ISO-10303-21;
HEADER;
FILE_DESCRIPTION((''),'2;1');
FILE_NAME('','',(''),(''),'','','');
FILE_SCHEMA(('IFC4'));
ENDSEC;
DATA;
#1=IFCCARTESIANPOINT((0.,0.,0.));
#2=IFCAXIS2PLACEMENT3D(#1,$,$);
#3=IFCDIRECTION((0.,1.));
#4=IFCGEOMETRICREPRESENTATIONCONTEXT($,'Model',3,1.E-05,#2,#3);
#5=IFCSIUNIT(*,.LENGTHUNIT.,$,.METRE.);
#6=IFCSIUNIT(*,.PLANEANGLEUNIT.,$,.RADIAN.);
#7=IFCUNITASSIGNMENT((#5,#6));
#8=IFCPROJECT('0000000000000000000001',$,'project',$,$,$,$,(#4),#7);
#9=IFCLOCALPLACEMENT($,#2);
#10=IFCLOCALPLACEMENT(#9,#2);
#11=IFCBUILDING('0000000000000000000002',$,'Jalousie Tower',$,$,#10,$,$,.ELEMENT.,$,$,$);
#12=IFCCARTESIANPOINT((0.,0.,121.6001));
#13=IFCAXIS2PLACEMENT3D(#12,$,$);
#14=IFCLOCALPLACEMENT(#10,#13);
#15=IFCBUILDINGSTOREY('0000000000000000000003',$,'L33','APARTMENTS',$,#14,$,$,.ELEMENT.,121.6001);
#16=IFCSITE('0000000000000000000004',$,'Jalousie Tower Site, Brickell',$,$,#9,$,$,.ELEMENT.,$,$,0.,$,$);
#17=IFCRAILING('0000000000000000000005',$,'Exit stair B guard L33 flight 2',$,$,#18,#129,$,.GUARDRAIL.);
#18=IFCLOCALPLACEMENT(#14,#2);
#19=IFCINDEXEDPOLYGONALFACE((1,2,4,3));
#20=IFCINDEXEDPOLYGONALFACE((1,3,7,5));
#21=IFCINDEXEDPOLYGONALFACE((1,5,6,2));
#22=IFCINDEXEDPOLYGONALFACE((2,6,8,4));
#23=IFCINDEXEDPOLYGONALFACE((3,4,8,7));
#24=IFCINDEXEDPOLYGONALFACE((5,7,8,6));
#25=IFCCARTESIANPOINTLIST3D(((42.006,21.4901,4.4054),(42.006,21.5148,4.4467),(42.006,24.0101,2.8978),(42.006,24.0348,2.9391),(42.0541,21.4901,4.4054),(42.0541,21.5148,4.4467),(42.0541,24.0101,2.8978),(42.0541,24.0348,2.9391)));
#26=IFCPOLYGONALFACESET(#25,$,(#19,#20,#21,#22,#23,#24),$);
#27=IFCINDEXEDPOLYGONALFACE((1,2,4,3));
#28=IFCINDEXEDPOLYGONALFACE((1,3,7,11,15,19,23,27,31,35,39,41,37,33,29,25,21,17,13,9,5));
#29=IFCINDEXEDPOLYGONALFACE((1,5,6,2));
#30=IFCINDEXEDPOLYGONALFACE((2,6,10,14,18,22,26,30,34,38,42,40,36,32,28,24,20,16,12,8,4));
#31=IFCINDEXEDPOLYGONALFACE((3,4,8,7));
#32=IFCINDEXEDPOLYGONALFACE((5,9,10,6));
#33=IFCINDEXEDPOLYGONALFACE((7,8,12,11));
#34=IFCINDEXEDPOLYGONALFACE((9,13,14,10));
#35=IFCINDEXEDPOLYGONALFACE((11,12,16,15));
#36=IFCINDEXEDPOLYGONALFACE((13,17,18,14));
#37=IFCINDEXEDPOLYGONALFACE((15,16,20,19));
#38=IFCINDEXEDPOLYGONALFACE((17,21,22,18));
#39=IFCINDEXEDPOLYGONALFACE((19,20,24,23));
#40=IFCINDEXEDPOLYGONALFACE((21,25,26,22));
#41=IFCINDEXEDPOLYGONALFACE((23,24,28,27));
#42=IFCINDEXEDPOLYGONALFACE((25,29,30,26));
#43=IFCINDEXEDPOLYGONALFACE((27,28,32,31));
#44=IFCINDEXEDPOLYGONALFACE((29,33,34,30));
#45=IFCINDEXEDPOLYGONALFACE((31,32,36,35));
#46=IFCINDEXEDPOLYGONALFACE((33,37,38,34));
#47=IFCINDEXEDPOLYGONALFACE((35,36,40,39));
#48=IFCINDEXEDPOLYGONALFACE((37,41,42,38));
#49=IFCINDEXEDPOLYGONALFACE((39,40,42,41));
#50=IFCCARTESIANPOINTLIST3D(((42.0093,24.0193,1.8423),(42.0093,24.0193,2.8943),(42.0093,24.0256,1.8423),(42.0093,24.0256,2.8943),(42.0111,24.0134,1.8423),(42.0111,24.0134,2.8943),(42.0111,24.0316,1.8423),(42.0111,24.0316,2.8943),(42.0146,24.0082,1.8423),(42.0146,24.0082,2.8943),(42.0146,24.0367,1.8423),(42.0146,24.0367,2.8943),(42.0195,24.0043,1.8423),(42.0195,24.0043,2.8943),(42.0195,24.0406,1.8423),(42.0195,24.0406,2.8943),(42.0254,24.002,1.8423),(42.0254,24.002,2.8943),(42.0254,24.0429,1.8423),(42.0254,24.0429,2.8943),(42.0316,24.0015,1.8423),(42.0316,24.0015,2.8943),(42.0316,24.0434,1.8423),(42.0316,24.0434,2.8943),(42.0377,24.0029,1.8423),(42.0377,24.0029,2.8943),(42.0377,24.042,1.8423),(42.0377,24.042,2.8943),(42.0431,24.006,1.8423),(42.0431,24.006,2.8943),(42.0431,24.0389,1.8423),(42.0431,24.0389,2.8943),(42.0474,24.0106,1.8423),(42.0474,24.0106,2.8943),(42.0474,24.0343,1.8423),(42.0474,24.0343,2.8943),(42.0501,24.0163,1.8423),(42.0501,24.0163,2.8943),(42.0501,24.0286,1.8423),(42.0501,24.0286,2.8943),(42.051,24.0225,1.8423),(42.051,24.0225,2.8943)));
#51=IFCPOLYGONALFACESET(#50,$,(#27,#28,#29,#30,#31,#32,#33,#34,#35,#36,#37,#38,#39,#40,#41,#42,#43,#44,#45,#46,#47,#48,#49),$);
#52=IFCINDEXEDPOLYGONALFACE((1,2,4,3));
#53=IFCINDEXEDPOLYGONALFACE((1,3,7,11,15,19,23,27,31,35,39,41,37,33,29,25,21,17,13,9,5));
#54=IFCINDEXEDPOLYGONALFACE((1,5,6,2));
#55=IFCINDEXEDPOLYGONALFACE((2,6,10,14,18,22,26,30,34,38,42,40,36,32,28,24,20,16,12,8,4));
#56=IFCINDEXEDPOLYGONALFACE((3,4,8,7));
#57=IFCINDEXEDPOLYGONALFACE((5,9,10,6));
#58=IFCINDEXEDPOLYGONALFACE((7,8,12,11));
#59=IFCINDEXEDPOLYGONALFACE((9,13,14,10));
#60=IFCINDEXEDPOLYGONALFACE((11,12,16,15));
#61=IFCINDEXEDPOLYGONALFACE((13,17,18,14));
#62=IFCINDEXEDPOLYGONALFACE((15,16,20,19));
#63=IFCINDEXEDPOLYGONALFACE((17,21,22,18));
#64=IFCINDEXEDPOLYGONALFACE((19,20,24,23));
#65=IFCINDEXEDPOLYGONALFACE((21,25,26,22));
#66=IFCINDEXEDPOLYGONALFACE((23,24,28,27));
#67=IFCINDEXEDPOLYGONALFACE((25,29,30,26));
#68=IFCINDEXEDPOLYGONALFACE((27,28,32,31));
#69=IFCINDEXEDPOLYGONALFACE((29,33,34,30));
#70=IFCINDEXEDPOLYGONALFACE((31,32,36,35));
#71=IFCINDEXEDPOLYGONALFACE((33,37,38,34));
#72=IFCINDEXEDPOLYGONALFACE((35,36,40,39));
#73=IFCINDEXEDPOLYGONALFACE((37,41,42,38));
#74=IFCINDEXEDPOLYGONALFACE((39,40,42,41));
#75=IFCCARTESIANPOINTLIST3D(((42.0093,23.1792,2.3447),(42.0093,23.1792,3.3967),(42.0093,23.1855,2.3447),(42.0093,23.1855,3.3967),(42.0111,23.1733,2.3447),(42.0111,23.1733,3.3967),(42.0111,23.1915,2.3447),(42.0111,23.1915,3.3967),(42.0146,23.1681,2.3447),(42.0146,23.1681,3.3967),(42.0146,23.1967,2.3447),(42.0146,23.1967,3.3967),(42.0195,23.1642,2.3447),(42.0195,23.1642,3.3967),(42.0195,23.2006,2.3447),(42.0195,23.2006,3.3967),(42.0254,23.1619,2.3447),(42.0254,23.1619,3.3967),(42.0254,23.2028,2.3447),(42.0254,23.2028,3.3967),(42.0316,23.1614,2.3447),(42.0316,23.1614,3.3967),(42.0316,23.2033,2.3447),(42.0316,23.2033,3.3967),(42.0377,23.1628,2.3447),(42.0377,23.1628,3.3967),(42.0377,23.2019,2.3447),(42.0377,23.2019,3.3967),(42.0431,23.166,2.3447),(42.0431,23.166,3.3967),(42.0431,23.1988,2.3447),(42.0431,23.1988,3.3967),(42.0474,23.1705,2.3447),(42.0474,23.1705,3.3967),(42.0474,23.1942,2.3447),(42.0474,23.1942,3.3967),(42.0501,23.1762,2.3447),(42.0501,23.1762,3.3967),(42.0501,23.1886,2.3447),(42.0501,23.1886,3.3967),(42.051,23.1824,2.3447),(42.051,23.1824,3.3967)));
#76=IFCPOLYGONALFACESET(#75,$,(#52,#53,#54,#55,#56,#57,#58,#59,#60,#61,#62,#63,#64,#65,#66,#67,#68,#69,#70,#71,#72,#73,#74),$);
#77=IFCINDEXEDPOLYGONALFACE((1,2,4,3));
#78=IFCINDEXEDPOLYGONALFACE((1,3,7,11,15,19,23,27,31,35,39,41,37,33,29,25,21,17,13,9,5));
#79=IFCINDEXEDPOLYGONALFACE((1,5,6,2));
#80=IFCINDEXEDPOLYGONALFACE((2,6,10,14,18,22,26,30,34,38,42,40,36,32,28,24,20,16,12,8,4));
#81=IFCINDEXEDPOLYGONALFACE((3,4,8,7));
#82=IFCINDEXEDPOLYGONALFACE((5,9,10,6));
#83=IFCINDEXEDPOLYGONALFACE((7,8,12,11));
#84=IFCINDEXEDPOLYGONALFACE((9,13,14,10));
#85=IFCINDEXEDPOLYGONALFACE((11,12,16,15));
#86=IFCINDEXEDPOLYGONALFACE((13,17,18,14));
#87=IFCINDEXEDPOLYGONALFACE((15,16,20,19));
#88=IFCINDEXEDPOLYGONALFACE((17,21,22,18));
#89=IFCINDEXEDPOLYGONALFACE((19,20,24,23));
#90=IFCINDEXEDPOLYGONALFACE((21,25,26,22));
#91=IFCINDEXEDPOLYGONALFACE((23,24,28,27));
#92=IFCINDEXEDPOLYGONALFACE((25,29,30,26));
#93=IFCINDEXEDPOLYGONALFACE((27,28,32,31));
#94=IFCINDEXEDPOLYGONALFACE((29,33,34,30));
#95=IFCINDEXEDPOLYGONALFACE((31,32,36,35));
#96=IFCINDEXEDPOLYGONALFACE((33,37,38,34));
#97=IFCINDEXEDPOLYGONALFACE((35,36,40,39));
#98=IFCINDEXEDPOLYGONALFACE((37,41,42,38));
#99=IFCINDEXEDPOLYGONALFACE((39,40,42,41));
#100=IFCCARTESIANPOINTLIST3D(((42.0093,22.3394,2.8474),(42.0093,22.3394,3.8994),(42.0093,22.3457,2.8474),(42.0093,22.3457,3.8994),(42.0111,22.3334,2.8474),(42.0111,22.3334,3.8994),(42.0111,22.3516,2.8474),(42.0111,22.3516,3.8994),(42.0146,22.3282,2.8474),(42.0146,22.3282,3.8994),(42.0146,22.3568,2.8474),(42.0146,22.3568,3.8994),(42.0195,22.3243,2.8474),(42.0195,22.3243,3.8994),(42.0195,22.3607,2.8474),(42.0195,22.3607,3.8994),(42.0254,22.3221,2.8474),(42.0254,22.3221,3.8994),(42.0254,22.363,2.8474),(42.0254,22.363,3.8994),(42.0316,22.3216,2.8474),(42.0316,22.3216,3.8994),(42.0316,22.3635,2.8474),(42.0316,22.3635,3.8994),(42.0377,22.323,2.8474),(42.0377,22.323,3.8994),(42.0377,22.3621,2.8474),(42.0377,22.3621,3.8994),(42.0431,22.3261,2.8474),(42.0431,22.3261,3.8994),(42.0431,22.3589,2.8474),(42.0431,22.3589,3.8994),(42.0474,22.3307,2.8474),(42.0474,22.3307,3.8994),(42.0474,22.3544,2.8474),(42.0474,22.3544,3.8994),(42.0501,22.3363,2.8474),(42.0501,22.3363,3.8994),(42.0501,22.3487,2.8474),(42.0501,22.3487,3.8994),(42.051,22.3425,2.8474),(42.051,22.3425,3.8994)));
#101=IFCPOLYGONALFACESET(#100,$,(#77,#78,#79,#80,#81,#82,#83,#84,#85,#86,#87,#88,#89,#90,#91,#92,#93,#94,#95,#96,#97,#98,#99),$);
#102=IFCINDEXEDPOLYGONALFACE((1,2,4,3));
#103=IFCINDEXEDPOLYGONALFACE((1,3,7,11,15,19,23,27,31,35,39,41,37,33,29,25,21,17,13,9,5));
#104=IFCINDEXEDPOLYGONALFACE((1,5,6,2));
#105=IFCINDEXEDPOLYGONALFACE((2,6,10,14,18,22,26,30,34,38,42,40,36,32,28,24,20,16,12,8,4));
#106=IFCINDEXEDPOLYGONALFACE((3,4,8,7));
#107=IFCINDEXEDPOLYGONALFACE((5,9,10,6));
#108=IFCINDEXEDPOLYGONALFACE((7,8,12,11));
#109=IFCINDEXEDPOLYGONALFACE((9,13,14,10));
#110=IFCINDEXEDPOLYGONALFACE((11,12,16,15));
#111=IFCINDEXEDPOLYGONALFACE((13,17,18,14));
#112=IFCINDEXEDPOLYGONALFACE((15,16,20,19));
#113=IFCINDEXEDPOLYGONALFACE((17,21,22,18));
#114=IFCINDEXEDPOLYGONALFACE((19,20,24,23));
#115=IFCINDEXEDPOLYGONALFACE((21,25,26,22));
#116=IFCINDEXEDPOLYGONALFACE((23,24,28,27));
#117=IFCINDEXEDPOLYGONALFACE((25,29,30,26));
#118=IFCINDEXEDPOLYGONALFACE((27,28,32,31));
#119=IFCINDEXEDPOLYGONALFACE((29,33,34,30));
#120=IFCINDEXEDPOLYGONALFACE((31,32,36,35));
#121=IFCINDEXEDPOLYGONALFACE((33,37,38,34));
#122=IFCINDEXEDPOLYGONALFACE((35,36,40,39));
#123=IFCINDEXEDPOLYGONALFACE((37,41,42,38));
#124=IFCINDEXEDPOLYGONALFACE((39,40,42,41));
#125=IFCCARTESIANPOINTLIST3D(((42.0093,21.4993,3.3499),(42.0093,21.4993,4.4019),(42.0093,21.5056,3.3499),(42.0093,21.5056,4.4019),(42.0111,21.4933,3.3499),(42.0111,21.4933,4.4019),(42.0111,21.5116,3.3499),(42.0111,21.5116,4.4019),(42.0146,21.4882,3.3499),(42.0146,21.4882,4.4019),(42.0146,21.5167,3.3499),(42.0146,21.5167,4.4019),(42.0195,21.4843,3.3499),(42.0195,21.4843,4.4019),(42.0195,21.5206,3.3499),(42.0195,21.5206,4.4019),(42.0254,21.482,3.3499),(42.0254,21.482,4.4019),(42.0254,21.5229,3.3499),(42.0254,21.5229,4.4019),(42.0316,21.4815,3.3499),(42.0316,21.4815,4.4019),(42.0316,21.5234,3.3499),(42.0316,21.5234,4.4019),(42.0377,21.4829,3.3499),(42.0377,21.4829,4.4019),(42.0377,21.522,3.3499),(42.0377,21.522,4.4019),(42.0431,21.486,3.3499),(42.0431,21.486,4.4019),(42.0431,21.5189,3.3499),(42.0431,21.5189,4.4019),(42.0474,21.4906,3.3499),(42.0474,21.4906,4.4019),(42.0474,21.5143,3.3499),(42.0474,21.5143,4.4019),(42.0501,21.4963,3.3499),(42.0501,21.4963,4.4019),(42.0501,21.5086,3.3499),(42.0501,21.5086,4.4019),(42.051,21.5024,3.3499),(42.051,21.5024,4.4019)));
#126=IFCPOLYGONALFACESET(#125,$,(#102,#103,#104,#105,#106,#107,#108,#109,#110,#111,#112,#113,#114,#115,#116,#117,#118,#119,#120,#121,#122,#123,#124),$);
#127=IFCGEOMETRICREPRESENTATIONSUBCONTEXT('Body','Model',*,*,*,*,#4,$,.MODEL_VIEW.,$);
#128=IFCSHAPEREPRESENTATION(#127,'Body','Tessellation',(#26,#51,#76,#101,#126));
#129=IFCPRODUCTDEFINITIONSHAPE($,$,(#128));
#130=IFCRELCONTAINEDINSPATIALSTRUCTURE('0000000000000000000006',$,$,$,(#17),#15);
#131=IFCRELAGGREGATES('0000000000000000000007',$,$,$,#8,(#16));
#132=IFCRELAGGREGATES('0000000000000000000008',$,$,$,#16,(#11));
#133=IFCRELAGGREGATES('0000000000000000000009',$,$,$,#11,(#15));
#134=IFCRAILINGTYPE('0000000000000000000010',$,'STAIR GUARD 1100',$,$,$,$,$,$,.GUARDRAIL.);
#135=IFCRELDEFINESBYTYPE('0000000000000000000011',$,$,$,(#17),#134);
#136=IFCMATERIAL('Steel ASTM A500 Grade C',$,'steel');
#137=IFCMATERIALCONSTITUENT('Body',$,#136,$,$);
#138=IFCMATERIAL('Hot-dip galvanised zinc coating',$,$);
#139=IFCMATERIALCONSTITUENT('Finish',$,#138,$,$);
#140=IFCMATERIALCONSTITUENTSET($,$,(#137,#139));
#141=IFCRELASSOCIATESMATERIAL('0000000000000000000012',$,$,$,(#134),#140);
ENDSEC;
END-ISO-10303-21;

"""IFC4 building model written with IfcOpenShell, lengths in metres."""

from ifc_helpers import new_model, si_unit, direction, frame, origin, origin_2d, place, context, subcontext, project, spatial, rectangle, circle, extrude, material, constituent, constituent_set, type_object, element, save


model = new_model("IFC4")

# Units and contexts
model_context = context("Model", 3, precision=1e-05, world=origin(), true_north=direction((0.0, 1.0)))
body_context = subcontext(model_context, "Body", "Model", "MODEL_VIEW")
ifc_project = project(units=[si_unit("LENGTHUNIT", "METRE"), si_unit("PLANEANGLEUNIT", "RADIAN")], contexts=[model_context])

# Site, building, storey
site_placement = place(None, origin())
site = spatial("IfcSite", under=ifc_project, at=site_placement, Name="Jalousie Tower Site, Brickell", CompositionType="ELEMENT", RefElevation=0.0)
building_placement = place(site_placement, origin())
building = spatial("IfcBuilding", under=site, at=building_placement, Name="Jalousie Tower", CompositionType="ELEMENT")
storey_placement = place(building_placement, frame((0.0, 0.0, 121.6001)))
storey = spatial("IfcBuildingStorey", under=building, at=storey_placement, Name="L33", Description="APARTMENTS", CompositionType="ELEMENT", Elevation=121.6001)

# Railing
ifc_material_1 = material(Name="Steel ASTM A500 Grade C", Category="steel")
ifc_constituent_1 = constituent(ifc_material_1, Name="Body")
ifc_material_2 = material(Name="Hot-dip galvanised zinc coating")
ifc_constituent_2 = constituent(ifc_material_2, Name="Finish")
ifc_constituent_set_1 = constituent_set(constituents=[ifc_constituent_1, ifc_constituent_2])
railing_type_1 = type_object("IfcRailingType", Name="STAIR GUARD 1100", PredefinedType="GUARDRAIL", material=ifc_constituent_set_1)
railing_1_placement = place(storey_placement, frame((42.03, 24.0225, 1.8423)))
element("IfcRailing", 1, at=railing_1_placement, inside=storey, type_object=railing_type_1, Name="Exit stair B guard L33 flight 2", PredefinedType="GUARDRAIL", context=body_context, shape_type="SweptSolid", body=[
    extrude(rectangle(XDim=0.0481, YDim=0.0481, at=origin_2d()), frame((0.0, 0.0, 1.0762), z_axis=(0.0, -0.85816, 0.513383), x_axis=(1.0, 0.0, 0.0)), (0.0, 0.0, 1.0), 2.9365),
    extrude(circle(Radius=0.021, at=origin_2d()), origin(), (0.0, 0.0, 1.0), 1.052),
    extrude(circle(Radius=0.021, at=origin_2d()), frame((0.0, -0.8401, 0.5024)), (0.0, 0.0, 1.0), 1.052),
    extrude(circle(Radius=0.021, at=origin_2d()), frame((0.0, -1.6799, 1.0051)), (0.0, 0.0, 1.0), 1.052),
    extrude(circle(Radius=0.021, at=origin_2d()), frame((0.0, -2.52, 1.5076)), (0.0, 0.0, 1.0), 1.052),
])

save(model, "model.ifc")
